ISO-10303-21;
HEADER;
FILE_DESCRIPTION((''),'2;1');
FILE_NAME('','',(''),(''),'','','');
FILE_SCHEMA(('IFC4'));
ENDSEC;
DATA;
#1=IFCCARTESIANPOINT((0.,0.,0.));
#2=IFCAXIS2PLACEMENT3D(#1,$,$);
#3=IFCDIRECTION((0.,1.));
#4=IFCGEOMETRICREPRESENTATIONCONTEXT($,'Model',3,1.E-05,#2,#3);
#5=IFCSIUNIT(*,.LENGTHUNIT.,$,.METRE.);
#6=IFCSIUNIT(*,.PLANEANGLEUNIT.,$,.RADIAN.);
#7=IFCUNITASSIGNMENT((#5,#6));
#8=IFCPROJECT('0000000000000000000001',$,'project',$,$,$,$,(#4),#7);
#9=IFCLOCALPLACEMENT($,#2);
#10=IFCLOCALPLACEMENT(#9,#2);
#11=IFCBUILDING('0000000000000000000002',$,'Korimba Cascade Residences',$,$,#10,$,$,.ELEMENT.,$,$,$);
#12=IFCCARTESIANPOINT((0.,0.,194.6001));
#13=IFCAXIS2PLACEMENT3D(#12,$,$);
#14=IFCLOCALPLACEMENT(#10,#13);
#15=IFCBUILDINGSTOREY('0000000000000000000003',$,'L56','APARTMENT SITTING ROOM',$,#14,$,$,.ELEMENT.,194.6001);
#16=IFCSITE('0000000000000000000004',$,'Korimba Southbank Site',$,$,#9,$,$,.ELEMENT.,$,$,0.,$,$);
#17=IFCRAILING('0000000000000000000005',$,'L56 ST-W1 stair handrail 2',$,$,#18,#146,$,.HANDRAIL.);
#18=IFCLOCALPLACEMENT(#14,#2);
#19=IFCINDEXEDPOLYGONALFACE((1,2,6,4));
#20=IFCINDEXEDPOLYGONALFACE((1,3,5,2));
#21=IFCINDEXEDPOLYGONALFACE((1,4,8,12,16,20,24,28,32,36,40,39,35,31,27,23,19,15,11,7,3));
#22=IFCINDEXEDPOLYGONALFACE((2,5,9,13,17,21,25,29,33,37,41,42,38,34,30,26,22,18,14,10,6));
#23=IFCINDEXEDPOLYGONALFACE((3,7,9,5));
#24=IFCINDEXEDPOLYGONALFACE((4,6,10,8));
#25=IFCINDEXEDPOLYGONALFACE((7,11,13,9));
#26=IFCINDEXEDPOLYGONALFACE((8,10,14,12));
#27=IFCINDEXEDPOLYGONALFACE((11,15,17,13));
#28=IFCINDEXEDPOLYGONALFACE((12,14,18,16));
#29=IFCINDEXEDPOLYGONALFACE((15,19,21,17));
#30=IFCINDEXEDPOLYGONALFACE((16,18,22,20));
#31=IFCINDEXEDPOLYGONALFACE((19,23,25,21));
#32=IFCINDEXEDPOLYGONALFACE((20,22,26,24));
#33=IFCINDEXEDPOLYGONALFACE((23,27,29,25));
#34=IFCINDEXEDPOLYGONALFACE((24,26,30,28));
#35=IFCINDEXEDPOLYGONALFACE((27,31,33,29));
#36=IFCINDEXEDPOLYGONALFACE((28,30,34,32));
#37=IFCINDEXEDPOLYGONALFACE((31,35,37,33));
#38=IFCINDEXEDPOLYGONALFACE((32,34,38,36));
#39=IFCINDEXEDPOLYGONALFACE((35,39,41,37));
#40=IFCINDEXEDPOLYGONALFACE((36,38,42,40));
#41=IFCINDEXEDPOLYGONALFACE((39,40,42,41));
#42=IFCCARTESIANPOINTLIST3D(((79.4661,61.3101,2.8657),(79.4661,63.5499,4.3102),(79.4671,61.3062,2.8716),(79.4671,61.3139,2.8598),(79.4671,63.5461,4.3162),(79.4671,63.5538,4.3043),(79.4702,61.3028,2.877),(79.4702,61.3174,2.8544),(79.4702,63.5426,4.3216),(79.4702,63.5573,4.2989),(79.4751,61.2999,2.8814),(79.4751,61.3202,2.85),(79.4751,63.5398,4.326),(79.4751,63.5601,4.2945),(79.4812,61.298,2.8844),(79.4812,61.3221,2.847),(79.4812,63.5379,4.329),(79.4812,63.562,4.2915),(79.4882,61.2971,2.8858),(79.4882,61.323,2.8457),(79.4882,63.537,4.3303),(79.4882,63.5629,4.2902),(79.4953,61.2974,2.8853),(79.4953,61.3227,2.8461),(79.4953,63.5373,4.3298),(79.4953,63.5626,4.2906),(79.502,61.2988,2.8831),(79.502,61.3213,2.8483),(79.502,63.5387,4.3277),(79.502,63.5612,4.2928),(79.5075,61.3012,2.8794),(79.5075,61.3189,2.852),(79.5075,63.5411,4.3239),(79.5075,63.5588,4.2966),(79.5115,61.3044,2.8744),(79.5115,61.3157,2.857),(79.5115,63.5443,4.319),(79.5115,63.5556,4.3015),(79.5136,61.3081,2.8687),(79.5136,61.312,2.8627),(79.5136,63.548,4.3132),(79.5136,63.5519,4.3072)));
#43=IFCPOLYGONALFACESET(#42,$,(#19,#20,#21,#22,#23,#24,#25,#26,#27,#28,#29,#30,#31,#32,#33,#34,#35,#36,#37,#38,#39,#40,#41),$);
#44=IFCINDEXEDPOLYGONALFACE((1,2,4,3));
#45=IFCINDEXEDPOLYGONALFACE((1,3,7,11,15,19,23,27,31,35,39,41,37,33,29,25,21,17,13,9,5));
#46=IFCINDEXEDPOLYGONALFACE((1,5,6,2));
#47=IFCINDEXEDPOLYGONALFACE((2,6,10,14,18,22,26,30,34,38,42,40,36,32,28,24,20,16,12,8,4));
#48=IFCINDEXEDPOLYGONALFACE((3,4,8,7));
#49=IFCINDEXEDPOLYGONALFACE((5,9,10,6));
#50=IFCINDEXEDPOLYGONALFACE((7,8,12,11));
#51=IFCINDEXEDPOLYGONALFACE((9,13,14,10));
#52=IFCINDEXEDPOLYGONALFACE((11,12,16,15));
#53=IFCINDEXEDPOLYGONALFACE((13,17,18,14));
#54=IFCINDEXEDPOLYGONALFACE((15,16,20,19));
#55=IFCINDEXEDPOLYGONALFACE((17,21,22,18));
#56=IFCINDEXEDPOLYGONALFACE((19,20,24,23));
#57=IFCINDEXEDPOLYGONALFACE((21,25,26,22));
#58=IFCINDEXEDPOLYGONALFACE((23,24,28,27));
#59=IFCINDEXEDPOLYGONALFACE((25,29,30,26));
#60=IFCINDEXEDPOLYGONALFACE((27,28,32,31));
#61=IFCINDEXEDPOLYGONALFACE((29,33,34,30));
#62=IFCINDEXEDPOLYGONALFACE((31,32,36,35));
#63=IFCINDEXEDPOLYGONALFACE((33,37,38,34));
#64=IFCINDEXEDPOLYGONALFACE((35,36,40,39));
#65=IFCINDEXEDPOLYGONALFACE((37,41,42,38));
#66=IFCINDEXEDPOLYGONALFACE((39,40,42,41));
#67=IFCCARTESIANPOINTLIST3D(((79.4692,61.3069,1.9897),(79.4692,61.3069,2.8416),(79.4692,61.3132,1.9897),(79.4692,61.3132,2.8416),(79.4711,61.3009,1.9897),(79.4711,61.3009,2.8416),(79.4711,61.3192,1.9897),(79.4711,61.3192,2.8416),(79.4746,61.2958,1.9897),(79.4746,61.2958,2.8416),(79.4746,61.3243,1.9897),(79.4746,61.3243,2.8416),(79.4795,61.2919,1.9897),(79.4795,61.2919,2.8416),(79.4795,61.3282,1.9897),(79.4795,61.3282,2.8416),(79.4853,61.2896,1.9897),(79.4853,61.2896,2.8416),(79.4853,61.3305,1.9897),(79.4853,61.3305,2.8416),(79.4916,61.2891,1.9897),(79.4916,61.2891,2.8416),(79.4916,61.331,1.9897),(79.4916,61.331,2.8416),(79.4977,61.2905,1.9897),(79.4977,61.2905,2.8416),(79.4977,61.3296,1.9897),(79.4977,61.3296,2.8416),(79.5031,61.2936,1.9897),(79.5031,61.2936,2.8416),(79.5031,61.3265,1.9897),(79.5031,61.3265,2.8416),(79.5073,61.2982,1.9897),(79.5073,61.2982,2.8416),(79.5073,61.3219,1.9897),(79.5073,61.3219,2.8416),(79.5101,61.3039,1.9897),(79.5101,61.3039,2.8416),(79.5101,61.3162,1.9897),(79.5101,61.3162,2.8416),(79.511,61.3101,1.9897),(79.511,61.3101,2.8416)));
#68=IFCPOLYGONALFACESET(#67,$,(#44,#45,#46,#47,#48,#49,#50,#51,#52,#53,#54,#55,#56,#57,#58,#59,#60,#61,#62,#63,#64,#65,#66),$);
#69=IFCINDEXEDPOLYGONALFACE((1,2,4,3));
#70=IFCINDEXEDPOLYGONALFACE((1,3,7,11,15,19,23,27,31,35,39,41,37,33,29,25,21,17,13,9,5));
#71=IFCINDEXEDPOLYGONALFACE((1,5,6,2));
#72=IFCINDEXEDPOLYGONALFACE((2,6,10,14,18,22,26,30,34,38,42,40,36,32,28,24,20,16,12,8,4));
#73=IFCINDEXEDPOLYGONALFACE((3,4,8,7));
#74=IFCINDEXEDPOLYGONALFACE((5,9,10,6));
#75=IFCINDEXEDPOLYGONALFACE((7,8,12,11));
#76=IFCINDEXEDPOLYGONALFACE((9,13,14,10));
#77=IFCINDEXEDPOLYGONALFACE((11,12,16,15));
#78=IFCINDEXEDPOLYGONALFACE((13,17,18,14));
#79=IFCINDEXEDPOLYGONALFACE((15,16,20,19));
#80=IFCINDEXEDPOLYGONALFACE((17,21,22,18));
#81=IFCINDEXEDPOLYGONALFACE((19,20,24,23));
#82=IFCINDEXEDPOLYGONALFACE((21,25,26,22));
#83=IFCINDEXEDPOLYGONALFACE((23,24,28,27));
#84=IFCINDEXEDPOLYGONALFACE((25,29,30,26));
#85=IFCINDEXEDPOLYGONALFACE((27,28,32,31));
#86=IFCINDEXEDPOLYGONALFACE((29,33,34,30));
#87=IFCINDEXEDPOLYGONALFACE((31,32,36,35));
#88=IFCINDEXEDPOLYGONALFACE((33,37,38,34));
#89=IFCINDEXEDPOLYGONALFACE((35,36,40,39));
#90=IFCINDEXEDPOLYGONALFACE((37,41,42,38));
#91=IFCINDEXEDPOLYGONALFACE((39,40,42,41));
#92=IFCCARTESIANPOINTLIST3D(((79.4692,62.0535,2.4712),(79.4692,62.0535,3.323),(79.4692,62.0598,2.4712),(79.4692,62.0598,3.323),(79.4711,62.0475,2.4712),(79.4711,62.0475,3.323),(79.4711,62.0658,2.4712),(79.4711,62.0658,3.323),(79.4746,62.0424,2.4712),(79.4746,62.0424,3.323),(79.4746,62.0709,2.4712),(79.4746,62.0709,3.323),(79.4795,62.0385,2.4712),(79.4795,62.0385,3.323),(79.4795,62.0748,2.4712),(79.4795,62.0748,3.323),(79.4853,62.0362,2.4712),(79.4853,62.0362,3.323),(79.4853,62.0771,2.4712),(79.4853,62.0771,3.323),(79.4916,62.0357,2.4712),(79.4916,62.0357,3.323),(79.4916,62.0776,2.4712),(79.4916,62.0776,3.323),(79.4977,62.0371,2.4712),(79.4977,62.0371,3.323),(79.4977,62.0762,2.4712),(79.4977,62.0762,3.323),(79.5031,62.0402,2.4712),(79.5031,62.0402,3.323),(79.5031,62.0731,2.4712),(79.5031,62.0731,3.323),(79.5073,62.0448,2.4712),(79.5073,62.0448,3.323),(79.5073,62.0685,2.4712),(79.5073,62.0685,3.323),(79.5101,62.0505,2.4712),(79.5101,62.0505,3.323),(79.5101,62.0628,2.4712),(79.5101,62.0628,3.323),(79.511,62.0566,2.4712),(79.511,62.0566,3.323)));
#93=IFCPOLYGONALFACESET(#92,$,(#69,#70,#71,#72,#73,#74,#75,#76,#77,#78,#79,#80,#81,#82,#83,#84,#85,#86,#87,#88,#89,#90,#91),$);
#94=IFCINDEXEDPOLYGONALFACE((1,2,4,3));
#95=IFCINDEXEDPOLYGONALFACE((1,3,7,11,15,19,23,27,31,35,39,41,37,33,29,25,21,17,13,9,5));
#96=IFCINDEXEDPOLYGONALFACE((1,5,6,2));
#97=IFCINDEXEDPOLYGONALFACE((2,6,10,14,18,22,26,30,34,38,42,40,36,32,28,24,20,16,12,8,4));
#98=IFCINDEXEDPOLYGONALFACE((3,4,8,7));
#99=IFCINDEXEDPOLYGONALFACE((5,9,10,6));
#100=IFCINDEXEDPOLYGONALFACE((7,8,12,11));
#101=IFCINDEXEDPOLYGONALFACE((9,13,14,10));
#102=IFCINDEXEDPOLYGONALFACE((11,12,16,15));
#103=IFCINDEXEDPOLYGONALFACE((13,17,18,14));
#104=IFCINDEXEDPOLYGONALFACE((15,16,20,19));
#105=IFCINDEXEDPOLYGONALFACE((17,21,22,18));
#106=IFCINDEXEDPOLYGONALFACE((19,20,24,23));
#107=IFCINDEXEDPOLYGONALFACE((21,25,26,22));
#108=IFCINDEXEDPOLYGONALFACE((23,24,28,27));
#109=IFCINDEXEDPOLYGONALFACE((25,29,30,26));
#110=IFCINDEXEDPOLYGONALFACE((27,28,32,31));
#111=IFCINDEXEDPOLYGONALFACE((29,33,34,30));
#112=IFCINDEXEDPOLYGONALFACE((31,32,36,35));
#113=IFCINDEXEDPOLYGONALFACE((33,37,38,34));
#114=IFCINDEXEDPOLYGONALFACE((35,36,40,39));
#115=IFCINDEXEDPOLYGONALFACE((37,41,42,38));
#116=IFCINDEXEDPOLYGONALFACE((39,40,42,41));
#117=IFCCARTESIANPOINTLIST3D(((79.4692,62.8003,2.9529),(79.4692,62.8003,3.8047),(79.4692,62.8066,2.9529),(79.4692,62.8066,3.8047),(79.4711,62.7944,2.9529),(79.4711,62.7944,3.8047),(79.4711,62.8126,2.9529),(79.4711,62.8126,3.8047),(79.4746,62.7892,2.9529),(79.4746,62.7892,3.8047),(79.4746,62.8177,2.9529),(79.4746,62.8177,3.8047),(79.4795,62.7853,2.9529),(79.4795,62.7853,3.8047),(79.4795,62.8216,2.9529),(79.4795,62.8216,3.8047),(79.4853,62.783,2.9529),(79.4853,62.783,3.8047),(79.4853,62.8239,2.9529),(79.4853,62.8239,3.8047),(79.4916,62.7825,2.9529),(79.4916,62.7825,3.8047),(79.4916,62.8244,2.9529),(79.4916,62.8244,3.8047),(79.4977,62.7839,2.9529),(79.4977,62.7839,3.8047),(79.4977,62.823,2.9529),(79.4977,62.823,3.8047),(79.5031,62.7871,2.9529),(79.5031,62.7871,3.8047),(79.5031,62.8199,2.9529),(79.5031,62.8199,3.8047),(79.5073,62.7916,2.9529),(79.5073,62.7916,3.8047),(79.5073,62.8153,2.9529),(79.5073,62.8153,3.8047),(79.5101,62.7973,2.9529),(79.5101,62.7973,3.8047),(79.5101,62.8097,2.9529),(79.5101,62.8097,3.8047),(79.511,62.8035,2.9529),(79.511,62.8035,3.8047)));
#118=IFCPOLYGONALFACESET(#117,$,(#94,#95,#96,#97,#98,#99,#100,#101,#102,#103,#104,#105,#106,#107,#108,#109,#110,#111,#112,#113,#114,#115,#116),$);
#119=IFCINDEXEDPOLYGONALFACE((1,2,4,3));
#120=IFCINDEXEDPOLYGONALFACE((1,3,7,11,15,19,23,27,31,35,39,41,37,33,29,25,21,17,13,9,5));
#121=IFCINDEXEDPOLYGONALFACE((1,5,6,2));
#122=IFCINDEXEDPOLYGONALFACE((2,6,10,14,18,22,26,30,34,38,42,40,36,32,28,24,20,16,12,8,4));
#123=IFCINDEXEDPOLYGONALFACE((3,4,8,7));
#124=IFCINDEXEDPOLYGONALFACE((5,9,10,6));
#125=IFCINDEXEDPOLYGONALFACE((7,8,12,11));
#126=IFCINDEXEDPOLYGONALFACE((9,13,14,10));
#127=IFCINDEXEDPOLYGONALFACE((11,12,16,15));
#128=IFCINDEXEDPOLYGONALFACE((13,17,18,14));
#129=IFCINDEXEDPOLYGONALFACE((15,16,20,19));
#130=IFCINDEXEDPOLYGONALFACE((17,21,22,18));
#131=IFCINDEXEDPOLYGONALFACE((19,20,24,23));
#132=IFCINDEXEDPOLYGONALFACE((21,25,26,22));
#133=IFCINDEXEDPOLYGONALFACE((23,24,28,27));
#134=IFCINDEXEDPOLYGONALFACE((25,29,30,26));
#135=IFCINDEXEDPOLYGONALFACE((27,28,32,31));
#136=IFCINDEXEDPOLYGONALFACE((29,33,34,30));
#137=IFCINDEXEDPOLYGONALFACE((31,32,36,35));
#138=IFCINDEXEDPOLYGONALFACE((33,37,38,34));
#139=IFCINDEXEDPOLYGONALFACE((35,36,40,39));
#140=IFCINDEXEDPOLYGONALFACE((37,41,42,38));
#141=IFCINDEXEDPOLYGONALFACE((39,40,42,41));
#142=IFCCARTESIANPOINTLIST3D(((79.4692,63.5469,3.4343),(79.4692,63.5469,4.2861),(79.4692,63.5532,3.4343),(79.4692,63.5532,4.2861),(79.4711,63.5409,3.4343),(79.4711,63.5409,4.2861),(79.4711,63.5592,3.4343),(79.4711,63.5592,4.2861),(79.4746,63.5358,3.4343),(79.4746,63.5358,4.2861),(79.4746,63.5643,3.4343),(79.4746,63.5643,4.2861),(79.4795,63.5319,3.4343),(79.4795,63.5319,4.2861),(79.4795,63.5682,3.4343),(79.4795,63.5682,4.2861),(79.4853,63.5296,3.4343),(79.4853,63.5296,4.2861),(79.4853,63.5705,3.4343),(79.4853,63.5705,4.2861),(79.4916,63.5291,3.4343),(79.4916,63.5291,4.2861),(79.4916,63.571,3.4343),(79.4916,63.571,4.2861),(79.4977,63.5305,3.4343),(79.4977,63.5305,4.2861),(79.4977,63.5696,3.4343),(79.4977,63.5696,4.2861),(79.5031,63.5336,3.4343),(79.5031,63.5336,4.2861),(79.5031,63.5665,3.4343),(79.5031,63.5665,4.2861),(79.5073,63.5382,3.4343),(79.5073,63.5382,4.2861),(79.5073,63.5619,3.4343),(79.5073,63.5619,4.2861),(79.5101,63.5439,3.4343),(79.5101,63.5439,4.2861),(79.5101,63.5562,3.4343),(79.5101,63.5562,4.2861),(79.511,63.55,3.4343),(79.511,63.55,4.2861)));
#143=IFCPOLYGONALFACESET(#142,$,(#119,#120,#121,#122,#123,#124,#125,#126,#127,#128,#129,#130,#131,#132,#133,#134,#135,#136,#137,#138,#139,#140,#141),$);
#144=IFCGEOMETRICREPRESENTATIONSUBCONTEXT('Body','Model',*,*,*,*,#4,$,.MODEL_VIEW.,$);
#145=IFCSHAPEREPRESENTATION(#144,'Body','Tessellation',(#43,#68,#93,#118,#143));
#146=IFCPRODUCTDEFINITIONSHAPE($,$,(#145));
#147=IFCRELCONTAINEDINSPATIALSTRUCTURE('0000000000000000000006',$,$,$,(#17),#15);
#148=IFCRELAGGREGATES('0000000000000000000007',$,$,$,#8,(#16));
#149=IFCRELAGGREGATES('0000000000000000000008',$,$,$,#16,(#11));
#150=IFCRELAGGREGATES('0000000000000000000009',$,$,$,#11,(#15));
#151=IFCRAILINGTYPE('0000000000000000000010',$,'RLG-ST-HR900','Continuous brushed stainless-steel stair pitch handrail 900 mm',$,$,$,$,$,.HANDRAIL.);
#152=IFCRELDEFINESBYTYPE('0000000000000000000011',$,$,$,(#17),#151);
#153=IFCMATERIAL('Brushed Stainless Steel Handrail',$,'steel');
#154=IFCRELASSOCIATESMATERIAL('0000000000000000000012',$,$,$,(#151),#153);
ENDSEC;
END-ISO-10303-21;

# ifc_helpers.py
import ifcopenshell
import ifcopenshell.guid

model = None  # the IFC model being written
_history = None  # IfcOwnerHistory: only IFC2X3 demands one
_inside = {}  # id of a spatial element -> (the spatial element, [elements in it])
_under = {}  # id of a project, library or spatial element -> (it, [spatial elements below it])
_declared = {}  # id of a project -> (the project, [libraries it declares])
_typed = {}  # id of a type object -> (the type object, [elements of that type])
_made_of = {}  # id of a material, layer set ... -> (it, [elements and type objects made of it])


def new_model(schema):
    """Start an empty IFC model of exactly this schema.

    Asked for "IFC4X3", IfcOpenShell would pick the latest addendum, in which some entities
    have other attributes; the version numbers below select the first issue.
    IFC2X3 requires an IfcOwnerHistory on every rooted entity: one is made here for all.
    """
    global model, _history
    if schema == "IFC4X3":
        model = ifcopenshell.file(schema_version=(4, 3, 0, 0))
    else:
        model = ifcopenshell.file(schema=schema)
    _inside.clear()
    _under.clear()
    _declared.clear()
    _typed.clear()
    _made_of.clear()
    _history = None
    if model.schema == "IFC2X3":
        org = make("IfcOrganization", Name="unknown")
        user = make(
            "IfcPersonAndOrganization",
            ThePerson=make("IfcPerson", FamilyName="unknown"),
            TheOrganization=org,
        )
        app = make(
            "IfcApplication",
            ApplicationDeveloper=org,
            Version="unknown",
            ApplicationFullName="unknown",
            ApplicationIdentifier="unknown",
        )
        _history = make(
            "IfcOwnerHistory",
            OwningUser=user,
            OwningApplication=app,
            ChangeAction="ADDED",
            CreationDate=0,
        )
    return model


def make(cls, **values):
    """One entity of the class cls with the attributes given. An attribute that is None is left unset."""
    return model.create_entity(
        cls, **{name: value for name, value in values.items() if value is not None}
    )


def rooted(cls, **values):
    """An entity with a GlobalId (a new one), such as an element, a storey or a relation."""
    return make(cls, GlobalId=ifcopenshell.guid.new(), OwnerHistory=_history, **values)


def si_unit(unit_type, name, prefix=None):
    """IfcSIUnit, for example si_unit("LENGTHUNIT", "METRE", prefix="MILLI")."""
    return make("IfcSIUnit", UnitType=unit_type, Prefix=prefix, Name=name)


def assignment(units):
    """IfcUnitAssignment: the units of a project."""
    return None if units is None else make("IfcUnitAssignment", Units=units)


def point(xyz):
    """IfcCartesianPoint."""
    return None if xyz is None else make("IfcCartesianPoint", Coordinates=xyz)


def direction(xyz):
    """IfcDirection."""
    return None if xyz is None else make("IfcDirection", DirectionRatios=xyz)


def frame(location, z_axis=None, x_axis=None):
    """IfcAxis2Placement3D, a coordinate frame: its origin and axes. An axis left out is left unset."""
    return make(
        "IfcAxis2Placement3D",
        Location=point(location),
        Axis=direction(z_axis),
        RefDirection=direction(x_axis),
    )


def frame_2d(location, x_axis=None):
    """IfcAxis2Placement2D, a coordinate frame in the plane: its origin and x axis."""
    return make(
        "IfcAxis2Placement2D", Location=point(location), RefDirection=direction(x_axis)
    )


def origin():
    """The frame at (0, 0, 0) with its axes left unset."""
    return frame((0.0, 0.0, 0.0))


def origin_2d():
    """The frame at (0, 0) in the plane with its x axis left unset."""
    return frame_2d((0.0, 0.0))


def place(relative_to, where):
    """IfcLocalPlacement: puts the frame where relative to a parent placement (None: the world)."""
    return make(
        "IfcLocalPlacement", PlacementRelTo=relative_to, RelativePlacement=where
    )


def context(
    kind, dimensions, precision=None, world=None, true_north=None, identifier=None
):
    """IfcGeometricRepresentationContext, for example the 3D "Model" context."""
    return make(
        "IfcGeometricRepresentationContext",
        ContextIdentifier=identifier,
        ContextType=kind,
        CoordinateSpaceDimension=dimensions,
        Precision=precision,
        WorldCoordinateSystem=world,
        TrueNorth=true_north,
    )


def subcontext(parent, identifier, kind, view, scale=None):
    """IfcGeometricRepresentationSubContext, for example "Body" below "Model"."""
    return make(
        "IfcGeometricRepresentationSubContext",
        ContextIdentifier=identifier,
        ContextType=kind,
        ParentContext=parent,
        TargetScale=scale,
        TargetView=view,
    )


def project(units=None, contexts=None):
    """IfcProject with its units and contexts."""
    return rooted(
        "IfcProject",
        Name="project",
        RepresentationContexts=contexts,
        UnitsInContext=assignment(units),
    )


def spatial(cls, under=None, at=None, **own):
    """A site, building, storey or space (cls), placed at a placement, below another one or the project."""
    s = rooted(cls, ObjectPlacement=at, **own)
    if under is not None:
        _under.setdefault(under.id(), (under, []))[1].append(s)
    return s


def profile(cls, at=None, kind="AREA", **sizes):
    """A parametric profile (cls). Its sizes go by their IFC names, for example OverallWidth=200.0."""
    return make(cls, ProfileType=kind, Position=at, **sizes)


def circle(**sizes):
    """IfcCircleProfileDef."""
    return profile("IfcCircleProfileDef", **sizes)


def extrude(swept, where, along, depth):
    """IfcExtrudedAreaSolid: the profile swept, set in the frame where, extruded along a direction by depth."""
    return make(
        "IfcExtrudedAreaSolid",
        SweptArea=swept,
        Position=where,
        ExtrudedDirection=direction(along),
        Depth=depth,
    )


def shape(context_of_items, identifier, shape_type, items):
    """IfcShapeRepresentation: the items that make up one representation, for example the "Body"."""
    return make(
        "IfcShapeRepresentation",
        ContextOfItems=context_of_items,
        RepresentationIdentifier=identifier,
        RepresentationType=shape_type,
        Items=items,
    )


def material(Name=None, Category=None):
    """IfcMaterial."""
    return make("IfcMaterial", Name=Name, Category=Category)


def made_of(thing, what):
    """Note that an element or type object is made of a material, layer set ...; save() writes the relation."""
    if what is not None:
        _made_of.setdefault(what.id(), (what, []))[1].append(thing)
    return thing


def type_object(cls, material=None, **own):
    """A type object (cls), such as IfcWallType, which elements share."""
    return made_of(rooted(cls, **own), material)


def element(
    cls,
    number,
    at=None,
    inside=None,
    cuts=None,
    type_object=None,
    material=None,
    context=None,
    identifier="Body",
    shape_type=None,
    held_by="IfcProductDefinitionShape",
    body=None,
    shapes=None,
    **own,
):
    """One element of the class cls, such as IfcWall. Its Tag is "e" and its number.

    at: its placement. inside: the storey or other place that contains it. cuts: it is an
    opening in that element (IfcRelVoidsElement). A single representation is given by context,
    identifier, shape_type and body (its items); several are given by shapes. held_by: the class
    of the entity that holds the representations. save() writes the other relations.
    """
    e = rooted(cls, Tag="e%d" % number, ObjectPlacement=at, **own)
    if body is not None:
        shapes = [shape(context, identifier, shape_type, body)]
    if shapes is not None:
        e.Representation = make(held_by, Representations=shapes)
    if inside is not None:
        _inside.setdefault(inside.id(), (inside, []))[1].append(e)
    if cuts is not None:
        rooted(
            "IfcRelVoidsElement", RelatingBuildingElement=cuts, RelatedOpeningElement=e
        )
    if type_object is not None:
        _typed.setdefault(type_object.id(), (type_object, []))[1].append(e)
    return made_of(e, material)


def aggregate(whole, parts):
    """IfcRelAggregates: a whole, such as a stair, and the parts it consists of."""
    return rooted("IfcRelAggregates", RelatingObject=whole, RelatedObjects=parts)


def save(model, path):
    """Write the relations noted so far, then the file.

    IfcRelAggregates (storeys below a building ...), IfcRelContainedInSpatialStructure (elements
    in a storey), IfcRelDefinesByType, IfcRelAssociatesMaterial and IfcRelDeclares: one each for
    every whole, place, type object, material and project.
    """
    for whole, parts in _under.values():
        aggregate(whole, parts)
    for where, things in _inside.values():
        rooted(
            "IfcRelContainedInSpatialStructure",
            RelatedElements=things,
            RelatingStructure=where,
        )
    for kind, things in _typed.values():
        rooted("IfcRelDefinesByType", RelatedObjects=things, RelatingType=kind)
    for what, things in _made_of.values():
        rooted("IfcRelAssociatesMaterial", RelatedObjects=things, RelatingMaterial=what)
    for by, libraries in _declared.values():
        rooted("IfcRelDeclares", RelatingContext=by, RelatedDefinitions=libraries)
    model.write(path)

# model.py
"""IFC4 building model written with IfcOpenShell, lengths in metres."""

from ifc_helpers import new_model, si_unit, direction, frame, origin, origin_2d, place, context, subcontext, project, spatial, circle, extrude, material, type_object, element, save


model = new_model("IFC4")

# Units and contexts
model_context = context("Model", 3, precision=1e-05, world=origin(), true_north=direction((0.0, 1.0)))
body_context = subcontext(model_context, "Body", "Model", "MODEL_VIEW")
ifc_project = project(units=[si_unit("LENGTHUNIT", "METRE"), si_unit("PLANEANGLEUNIT", "RADIAN")], contexts=[model_context])

# Site, building, storey
site_placement = place(None, origin())
site = spatial("IfcSite", under=ifc_project, at=site_placement, Name="Korimba Southbank Site", CompositionType="ELEMENT", RefElevation=0.0)
building_placement = place(site_placement, origin())
building = spatial("IfcBuilding", under=site, at=building_placement, Name="Korimba Cascade Residences", CompositionType="ELEMENT")
storey_placement = place(building_placement, frame((0.0, 0.0, 194.6001)))
storey = spatial("IfcBuildingStorey", under=building, at=storey_placement, Name="L56", Description="APARTMENT SITTING ROOM", CompositionType="ELEMENT", Elevation=194.6001)

# Railing
ifc_material_1 = material(Name="Brushed Stainless Steel Handrail", Category="steel")
railing_type_1 = type_object("IfcRailingType", Name="RLG-ST-HR900", Description="Continuous brushed stainless-steel stair pitch handrail 900 mm", PredefinedType="HANDRAIL", material=ifc_material_1)
railing_1_placement = place(storey_placement, frame((79.49, 61.3101, 1.9897)))
element("IfcRailing", 1, at=railing_1_placement, inside=storey, type_object=railing_type_1, Name="L56 ST-W1 stair handrail 2", PredefinedType="HANDRAIL", context=body_context, shape_type="SweptSolid", body=[
    extrude(circle(Radius=0.0239, at=origin_2d()), frame((0.0, 0.0, 0.876), z_axis=(0.0, 0.840395, 0.541975), x_axis=(-1.0, 0.0, 0.0)), (0.0, 0.0, 1.0), 2.6653),
    extrude(circle(Radius=0.021, at=origin_2d()), origin(), (0.0, 0.0, 1.0), 0.8518),
    extrude(circle(Radius=0.021, at=origin_2d()), frame((0.0, 0.7466, 0.4814)), (0.0, 0.0, 1.0), 0.8518),
    extrude(circle(Radius=0.021, at=origin_2d()), frame((0.0, 1.4934, 0.9631)), (0.0, 0.0, 1.0), 0.8518),
    extrude(circle(Radius=0.021, at=origin_2d()), frame((0.0, 2.24, 1.4446)), (0.0, 0.0, 1.0), 0.8518),
])

save(model, "model.ifc")
